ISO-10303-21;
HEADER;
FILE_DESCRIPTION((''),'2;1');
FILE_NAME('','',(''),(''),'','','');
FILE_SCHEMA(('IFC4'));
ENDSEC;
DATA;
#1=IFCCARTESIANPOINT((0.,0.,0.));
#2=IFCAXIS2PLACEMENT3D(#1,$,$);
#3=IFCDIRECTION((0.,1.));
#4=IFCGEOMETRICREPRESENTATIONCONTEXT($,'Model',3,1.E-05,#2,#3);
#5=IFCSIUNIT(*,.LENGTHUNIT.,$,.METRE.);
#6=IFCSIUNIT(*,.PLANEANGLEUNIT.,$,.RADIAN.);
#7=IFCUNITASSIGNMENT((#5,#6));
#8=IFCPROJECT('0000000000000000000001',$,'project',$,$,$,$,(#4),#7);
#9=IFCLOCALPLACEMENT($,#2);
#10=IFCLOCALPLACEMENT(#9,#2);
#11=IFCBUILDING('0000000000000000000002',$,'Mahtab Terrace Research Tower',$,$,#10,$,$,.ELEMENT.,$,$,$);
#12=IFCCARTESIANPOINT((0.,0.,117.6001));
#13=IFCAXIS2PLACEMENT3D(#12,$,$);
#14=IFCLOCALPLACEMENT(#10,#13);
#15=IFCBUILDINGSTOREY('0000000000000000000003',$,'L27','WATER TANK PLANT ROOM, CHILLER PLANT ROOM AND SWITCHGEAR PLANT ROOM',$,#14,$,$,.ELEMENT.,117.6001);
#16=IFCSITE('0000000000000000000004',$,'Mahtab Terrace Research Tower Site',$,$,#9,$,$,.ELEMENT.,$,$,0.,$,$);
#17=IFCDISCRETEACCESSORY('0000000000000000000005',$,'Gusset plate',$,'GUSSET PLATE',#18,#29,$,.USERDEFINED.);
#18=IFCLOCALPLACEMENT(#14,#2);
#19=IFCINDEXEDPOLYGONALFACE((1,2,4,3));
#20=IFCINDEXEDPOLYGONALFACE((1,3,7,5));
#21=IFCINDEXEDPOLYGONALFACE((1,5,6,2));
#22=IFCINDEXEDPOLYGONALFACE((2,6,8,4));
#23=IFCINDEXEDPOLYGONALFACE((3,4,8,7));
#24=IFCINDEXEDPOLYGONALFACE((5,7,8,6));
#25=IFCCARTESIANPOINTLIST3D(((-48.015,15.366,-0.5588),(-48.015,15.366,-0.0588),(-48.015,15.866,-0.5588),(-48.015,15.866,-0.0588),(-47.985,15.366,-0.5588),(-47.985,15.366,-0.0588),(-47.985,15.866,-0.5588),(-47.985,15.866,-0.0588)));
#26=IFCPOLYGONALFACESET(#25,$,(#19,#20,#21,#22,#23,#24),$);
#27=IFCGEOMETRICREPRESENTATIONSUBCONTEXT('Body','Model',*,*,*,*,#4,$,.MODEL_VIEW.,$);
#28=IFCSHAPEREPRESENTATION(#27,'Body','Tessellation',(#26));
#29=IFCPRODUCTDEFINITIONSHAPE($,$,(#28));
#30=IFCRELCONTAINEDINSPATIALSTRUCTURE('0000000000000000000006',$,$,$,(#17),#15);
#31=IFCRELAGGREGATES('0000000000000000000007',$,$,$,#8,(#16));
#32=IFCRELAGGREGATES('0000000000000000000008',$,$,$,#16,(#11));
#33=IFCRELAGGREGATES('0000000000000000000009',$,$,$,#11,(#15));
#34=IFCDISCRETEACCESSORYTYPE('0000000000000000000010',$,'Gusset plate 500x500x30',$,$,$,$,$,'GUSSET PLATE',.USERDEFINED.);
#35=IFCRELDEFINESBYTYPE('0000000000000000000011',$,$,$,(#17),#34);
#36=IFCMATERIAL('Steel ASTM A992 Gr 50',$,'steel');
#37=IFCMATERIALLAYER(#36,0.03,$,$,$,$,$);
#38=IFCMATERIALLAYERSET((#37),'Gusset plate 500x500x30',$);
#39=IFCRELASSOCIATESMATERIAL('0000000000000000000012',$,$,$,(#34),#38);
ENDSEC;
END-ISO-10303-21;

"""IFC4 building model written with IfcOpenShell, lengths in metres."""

from ifc_helpers import new_model, si_unit, direction, frame, origin, origin_2d, place, context, subcontext, project, spatial, rectangle, extrude, material, layer, layer_set, type_object, element, save


model = new_model("IFC4")

# Units and contexts
model_context = context("Model", 3, precision=1e-05, world=origin(), true_north=direction((0.0, 1.0)))
body_context = subcontext(model_context, "Body", "Model", "MODEL_VIEW")
ifc_project = project(units=[si_unit("LENGTHUNIT", "METRE"), si_unit("PLANEANGLEUNIT", "RADIAN")], contexts=[model_context])

# Site, building, storey
site_placement = place(None, origin())
site = spatial("IfcSite", under=ifc_project, at=site_placement, Name="Mahtab Terrace Research Tower Site", CompositionType="ELEMENT", RefElevation=0.0)
building_placement = place(site_placement, origin())
building = spatial("IfcBuilding", under=site, at=building_placement, Name="Mahtab Terrace Research Tower", CompositionType="ELEMENT")
storey_placement = place(building_placement, frame((0.0, 0.0, 117.6001)))
storey = spatial("IfcBuildingStorey", under=building, at=storey_placement, Name="L27", Description="WATER TANK PLANT ROOM, CHILLER PLANT ROOM AND SWITCHGEAR PLANT ROOM", CompositionType="ELEMENT", Elevation=117.6001)

# Shared definitions
ifc_material_1 = material(Name="Steel ASTM A992 Gr 50", Category="steel")

# Discrete accessory
ifc_layer_1 = layer(ifc_material_1, 0.03)
ifc_layer_set_1 = layer_set([ifc_layer_1], Name="Gusset plate 500x500x30")
discrete_accessory_type_1 = type_object("IfcDiscreteAccessoryType", Name="Gusset plate 500x500x30", ElementType="GUSSET PLATE", PredefinedType="USERDEFINED", material=ifc_layer_set_1)
discrete_accessory_placement = place(storey_placement, frame((-48.0, 15.616, -0.5588), z_axis=(0.0, 0.0, 1.0), x_axis=(0.0, 1.0, 0.0)))
element("IfcDiscreteAccessory", 1, at=discrete_accessory_placement, inside=storey, type_object=discrete_accessory_type_1, Name="Gusset plate", ObjectType="GUSSET PLATE", PredefinedType="USERDEFINED", context=body_context, shape_type="SweptSolid", body=[
    extrude(rectangle(XDim=0.5, YDim=0.03, at=origin_2d()), origin(), (0.0, 0.0, 1.0), 0.5),
])

save(model, "model.ifc")
